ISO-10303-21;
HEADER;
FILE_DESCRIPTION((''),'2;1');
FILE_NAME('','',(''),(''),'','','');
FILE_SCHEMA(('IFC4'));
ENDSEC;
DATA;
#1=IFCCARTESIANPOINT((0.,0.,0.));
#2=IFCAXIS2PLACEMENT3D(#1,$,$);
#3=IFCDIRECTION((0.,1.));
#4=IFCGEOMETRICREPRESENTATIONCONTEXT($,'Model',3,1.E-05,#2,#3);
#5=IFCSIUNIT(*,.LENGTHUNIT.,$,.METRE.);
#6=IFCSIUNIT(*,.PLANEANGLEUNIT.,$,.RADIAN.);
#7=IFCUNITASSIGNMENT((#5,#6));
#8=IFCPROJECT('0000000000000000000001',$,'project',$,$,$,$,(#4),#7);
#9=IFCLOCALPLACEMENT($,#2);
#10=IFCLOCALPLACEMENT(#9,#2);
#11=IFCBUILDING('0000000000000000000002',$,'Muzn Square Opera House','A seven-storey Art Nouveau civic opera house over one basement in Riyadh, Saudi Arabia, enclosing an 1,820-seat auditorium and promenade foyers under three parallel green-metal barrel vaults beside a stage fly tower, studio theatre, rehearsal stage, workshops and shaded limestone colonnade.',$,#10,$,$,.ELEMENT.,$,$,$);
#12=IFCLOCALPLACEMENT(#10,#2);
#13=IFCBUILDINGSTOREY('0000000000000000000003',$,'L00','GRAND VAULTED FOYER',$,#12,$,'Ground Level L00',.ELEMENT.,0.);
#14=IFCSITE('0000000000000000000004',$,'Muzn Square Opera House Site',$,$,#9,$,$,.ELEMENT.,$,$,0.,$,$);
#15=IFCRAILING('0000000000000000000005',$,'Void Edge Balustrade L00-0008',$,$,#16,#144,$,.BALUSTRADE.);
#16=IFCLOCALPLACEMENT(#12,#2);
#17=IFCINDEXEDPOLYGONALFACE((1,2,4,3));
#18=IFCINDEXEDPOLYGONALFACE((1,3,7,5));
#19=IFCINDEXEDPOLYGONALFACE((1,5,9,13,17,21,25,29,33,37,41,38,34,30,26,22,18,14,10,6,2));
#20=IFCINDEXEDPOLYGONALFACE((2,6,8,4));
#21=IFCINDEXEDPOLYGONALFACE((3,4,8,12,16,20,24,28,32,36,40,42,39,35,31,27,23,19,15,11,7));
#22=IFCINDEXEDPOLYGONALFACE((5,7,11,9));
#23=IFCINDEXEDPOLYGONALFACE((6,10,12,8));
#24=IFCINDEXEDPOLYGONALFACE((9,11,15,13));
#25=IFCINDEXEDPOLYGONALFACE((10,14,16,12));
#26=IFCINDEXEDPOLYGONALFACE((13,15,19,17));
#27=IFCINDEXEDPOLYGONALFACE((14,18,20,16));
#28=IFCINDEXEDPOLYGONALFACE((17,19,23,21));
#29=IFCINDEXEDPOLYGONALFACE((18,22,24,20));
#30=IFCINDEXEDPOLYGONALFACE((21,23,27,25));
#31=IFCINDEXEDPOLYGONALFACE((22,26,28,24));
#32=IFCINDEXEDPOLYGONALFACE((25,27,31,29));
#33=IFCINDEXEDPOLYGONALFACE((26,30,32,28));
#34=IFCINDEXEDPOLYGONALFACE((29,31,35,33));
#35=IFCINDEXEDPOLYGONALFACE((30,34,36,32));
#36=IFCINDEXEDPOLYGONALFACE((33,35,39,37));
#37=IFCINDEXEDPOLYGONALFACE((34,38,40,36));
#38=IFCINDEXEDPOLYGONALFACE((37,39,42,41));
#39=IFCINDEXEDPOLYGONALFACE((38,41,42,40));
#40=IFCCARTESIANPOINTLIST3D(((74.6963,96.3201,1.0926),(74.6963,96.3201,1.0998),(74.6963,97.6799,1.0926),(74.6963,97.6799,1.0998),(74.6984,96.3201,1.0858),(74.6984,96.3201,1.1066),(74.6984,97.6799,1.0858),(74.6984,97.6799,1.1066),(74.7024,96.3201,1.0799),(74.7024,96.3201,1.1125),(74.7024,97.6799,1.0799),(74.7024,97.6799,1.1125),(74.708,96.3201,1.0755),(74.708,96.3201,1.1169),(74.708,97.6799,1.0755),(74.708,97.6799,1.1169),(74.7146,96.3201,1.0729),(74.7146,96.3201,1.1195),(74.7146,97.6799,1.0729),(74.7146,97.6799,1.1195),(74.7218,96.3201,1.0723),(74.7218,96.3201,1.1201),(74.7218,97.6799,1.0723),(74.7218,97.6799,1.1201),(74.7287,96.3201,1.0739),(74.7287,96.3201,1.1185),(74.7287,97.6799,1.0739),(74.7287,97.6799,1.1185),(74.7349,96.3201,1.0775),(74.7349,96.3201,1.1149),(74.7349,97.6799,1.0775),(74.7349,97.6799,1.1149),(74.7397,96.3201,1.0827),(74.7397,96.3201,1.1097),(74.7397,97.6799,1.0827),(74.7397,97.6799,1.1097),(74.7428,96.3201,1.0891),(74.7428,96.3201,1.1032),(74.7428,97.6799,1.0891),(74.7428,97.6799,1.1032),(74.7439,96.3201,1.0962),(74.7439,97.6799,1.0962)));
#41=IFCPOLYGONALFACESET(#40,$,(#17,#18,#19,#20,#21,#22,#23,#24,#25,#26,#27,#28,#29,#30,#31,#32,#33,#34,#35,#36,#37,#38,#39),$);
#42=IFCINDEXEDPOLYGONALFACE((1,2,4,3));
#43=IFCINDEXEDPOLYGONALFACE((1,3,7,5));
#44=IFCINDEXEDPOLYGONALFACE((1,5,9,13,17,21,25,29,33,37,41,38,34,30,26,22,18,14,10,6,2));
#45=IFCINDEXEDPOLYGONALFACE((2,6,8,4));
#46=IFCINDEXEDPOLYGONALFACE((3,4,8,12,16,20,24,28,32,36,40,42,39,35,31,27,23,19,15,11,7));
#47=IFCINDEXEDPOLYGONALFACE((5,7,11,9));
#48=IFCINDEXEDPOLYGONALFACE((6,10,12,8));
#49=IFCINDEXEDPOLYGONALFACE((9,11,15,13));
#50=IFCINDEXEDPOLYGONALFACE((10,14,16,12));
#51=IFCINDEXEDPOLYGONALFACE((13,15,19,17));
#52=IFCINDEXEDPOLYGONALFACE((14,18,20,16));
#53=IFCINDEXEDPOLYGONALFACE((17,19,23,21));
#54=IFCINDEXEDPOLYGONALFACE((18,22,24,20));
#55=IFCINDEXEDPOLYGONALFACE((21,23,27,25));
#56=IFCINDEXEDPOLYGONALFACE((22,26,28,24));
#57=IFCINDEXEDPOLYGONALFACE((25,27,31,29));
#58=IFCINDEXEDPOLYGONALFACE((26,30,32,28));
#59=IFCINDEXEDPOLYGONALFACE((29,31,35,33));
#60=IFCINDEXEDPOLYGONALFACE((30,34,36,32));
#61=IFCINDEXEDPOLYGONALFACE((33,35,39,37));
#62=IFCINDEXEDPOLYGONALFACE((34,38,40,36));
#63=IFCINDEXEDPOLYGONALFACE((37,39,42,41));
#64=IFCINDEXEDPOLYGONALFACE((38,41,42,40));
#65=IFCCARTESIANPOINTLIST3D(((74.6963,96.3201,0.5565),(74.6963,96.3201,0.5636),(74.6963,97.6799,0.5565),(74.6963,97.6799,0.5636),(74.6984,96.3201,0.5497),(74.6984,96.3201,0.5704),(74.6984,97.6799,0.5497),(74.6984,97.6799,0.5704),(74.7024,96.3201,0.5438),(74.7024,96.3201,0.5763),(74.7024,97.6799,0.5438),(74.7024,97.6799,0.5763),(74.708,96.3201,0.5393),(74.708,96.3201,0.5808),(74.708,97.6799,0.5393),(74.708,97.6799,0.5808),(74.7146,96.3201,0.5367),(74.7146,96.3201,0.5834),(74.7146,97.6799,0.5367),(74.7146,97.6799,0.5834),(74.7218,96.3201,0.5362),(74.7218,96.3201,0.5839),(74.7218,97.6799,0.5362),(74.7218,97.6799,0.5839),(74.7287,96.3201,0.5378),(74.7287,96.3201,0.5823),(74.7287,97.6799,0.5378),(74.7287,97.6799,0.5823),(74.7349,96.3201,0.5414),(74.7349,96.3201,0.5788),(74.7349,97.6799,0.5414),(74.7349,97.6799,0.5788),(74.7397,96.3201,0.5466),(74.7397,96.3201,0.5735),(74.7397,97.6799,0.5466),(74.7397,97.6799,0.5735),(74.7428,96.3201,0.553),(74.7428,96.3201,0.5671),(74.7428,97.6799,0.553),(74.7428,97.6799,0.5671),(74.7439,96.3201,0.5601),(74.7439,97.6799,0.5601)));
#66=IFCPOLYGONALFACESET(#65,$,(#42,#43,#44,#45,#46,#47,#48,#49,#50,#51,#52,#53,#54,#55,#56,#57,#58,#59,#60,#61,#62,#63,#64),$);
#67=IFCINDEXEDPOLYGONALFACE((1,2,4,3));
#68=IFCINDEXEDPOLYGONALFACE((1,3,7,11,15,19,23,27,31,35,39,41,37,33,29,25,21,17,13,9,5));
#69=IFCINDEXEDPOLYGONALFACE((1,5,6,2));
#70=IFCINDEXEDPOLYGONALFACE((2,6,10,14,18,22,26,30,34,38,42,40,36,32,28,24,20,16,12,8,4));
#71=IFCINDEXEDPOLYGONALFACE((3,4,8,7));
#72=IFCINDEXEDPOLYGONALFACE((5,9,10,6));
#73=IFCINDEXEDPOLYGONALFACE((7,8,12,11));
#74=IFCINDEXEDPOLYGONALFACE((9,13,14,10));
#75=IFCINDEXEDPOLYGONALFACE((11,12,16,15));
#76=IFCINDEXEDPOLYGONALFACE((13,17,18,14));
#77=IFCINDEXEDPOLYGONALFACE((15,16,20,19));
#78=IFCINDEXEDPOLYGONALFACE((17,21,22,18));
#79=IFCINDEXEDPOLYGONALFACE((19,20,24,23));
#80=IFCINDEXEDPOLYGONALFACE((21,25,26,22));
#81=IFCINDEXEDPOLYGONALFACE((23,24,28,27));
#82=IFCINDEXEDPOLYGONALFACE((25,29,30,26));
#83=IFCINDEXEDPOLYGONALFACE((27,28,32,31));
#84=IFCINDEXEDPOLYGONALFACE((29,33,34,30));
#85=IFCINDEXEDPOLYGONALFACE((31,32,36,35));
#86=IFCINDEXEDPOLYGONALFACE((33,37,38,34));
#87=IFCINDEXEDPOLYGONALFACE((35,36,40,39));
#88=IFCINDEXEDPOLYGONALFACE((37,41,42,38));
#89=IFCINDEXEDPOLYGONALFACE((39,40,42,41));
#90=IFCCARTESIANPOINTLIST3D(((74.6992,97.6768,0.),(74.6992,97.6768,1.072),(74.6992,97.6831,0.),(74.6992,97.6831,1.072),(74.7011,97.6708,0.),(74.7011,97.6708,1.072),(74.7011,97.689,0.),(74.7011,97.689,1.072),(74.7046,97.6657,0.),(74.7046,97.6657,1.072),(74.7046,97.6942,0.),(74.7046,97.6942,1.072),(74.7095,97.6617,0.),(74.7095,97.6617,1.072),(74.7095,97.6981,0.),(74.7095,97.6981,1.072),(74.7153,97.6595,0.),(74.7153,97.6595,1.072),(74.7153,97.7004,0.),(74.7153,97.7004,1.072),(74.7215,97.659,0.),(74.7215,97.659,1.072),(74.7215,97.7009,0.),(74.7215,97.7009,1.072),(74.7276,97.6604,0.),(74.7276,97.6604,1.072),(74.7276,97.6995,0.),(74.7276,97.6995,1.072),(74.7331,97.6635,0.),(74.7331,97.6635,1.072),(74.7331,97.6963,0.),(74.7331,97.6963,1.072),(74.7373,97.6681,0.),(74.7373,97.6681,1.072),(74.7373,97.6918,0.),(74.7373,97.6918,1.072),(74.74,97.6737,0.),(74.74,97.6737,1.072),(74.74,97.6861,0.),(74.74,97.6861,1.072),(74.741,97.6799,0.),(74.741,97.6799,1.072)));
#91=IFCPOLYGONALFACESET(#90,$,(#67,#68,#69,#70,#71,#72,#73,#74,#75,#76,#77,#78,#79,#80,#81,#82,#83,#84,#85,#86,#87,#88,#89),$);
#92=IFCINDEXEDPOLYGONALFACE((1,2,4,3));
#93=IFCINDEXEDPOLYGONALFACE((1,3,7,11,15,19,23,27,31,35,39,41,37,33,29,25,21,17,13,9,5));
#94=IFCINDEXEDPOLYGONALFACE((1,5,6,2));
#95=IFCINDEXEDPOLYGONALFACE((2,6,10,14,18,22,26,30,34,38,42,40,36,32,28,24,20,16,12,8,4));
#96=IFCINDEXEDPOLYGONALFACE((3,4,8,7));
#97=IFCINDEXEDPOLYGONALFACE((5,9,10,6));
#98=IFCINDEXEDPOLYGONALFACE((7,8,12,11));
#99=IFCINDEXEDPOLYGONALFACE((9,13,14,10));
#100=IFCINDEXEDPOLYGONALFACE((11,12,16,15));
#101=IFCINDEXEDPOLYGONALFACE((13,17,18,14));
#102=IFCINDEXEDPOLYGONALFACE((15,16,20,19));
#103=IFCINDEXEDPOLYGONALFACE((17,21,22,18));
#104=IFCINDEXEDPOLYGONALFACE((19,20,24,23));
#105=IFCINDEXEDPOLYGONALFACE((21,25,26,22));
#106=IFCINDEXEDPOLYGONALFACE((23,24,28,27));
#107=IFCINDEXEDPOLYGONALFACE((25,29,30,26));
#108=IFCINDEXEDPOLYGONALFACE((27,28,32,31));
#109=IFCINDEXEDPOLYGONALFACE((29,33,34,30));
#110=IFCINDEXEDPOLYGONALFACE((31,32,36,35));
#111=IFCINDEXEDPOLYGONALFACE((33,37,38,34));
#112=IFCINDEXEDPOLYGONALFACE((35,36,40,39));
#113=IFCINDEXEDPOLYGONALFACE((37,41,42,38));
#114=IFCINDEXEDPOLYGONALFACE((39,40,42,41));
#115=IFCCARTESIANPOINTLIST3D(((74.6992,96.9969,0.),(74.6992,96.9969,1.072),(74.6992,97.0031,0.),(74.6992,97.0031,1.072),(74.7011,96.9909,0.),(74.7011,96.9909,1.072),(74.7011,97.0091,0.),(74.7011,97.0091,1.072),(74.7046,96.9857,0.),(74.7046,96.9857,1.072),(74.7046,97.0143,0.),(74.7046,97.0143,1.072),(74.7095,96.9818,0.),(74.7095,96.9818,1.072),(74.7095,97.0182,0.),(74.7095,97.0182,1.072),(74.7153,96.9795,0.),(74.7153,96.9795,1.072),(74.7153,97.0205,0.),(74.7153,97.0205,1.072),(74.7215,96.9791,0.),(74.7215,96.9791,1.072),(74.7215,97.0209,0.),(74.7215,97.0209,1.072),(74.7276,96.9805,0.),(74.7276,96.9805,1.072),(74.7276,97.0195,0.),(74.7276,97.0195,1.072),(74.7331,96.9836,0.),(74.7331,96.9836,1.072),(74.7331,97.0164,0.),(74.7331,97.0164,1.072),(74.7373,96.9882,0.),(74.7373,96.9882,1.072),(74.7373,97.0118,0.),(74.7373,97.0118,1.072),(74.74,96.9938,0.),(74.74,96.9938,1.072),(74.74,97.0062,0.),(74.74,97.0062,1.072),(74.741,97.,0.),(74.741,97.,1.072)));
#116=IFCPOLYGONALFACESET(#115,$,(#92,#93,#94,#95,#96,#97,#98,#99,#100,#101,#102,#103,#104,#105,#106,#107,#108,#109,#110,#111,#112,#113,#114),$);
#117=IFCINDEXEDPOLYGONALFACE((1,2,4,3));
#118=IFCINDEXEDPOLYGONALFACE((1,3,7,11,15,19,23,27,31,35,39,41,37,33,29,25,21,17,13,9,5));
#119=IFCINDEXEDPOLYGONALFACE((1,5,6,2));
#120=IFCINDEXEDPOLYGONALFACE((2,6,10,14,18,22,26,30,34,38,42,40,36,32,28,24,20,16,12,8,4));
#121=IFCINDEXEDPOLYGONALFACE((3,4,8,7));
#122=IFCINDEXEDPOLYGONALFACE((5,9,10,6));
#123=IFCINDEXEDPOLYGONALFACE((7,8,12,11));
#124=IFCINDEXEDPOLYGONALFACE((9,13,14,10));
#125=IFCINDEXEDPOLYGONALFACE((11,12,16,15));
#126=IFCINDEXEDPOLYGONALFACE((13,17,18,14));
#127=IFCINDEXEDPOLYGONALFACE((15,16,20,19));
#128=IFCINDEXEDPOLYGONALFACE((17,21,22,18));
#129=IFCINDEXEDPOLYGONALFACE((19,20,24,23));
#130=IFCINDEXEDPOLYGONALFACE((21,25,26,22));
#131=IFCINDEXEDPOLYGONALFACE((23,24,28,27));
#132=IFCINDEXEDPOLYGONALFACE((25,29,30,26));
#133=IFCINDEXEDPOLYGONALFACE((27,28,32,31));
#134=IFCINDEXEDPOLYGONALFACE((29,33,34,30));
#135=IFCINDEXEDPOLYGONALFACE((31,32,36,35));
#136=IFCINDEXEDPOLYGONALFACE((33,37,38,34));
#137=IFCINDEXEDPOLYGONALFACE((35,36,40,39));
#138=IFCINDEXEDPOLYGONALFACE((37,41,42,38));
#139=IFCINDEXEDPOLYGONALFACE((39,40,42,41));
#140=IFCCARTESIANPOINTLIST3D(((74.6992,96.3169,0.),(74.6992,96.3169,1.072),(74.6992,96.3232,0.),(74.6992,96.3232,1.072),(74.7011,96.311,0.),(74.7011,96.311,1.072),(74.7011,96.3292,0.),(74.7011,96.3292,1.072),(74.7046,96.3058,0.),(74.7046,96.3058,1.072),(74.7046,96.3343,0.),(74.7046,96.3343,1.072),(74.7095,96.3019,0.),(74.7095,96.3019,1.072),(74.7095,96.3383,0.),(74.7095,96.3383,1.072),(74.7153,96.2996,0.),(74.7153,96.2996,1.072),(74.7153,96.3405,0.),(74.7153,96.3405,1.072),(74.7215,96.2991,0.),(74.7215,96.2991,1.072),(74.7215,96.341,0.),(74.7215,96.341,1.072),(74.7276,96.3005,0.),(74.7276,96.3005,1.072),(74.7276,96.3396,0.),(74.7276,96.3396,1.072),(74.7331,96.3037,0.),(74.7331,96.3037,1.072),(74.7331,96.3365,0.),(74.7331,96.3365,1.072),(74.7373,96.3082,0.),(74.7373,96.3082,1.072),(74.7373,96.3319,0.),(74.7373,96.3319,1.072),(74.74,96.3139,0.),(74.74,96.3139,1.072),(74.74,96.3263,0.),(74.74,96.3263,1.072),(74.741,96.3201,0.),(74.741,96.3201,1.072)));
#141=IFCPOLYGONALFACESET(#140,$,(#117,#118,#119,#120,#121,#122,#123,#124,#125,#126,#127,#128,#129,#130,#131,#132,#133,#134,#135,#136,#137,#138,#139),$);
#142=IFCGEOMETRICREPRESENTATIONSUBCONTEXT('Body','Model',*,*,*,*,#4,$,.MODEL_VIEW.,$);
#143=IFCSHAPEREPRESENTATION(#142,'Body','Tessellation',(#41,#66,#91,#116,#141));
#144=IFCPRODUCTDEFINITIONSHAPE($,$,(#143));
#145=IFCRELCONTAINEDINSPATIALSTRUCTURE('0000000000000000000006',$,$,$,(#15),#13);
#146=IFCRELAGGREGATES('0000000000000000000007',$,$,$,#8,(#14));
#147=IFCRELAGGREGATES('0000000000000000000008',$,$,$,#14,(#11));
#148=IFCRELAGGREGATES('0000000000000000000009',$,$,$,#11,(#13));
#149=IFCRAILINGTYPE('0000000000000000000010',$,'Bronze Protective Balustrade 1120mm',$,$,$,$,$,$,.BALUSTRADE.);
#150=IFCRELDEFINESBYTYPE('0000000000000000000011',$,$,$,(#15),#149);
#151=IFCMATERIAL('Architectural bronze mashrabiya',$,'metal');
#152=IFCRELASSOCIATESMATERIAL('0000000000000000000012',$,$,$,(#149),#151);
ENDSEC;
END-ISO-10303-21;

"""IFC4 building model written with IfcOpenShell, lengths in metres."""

from ifc_helpers import new_model, si_unit, direction, frame, origin, origin_2d, place, context, subcontext, project, spatial, circle, extrude, material, type_object, element, save


model = new_model("IFC4")

# Units and contexts
model_context = context("Model", 3, precision=1e-05, world=origin(), true_north=direction((0.0, 1.0)))
body_context = subcontext(model_context, "Body", "Model", "MODEL_VIEW")
ifc_project = project(units=[si_unit("LENGTHUNIT", "METRE"), si_unit("PLANEANGLEUNIT", "RADIAN")], contexts=[model_context])

# Site, building, storey
site_placement = place(None, origin())
site = spatial("IfcSite", under=ifc_project, at=site_placement, Name="Muzn Square Opera House Site", CompositionType="ELEMENT", RefElevation=0.0)
building_placement = place(site_placement, origin())
building = spatial("IfcBuilding", under=site, at=building_placement, Name="Muzn Square Opera House", Description="A seven-storey Art Nouveau civic opera house over one basement in Riyadh, Saudi Arabia, enclosing an 1,820-seat auditorium and promenade foyers under three parallel green-metal barrel vaults beside a stage fly tower, studio theatre, rehearsal stage, workshops and shaded limestone colonnade.", CompositionType="ELEMENT")
storey_placement = place(building_placement, origin())
storey = spatial("IfcBuildingStorey", under=building, at=storey_placement, Name="L00", Description="GRAND VAULTED FOYER", LongName="Ground Level L00", CompositionType="ELEMENT", Elevation=0.0)

# Railing
ifc_material_1 = material(Name="Architectural bronze mashrabiya", Category="metal")
railing_type_1 = type_object("IfcRailingType", Name="Bronze Protective Balustrade 1120mm", PredefinedType="BALUSTRADE", material=ifc_material_1)
railing_1_placement = place(storey_placement, frame((74.72, 97.6799, 0.0)))
element("IfcRailing", 1, at=railing_1_placement, inside=storey, type_object=railing_type_1, Name="Void Edge Balustrade L00-0008", PredefinedType="BALUSTRADE", context=body_context, shape_type="SweptSolid", body=[
    extrude(circle(Radius=0.0239, at=origin_2d()), frame((0.0, 0.0, 1.0962), z_axis=(0.0, -1.0, 0.0), x_axis=(1.0, 0.0, 0.0)), (0.0, 0.0, 1.0), 1.3599),
    extrude(circle(Radius=0.0239, at=origin_2d()), frame((0.0, 0.0, 0.5601), z_axis=(0.0, -1.0, 0.0), x_axis=(1.0, 0.0, 0.0)), (0.0, 0.0, 1.0), 1.3599),
    extrude(circle(Radius=0.021, at=origin_2d()), origin(), (0.0, 0.0, 1.0), 1.072),
    extrude(circle(Radius=0.021, at=origin_2d()), frame((0.0, -0.6799, 0.0)), (0.0, 0.0, 1.0), 1.072),
    extrude(circle(Radius=0.021, at=origin_2d()), frame((0.0, -1.3599, 0.0)), (0.0, 0.0, 1.0), 1.072),
])

save(model, "model.ifc")
